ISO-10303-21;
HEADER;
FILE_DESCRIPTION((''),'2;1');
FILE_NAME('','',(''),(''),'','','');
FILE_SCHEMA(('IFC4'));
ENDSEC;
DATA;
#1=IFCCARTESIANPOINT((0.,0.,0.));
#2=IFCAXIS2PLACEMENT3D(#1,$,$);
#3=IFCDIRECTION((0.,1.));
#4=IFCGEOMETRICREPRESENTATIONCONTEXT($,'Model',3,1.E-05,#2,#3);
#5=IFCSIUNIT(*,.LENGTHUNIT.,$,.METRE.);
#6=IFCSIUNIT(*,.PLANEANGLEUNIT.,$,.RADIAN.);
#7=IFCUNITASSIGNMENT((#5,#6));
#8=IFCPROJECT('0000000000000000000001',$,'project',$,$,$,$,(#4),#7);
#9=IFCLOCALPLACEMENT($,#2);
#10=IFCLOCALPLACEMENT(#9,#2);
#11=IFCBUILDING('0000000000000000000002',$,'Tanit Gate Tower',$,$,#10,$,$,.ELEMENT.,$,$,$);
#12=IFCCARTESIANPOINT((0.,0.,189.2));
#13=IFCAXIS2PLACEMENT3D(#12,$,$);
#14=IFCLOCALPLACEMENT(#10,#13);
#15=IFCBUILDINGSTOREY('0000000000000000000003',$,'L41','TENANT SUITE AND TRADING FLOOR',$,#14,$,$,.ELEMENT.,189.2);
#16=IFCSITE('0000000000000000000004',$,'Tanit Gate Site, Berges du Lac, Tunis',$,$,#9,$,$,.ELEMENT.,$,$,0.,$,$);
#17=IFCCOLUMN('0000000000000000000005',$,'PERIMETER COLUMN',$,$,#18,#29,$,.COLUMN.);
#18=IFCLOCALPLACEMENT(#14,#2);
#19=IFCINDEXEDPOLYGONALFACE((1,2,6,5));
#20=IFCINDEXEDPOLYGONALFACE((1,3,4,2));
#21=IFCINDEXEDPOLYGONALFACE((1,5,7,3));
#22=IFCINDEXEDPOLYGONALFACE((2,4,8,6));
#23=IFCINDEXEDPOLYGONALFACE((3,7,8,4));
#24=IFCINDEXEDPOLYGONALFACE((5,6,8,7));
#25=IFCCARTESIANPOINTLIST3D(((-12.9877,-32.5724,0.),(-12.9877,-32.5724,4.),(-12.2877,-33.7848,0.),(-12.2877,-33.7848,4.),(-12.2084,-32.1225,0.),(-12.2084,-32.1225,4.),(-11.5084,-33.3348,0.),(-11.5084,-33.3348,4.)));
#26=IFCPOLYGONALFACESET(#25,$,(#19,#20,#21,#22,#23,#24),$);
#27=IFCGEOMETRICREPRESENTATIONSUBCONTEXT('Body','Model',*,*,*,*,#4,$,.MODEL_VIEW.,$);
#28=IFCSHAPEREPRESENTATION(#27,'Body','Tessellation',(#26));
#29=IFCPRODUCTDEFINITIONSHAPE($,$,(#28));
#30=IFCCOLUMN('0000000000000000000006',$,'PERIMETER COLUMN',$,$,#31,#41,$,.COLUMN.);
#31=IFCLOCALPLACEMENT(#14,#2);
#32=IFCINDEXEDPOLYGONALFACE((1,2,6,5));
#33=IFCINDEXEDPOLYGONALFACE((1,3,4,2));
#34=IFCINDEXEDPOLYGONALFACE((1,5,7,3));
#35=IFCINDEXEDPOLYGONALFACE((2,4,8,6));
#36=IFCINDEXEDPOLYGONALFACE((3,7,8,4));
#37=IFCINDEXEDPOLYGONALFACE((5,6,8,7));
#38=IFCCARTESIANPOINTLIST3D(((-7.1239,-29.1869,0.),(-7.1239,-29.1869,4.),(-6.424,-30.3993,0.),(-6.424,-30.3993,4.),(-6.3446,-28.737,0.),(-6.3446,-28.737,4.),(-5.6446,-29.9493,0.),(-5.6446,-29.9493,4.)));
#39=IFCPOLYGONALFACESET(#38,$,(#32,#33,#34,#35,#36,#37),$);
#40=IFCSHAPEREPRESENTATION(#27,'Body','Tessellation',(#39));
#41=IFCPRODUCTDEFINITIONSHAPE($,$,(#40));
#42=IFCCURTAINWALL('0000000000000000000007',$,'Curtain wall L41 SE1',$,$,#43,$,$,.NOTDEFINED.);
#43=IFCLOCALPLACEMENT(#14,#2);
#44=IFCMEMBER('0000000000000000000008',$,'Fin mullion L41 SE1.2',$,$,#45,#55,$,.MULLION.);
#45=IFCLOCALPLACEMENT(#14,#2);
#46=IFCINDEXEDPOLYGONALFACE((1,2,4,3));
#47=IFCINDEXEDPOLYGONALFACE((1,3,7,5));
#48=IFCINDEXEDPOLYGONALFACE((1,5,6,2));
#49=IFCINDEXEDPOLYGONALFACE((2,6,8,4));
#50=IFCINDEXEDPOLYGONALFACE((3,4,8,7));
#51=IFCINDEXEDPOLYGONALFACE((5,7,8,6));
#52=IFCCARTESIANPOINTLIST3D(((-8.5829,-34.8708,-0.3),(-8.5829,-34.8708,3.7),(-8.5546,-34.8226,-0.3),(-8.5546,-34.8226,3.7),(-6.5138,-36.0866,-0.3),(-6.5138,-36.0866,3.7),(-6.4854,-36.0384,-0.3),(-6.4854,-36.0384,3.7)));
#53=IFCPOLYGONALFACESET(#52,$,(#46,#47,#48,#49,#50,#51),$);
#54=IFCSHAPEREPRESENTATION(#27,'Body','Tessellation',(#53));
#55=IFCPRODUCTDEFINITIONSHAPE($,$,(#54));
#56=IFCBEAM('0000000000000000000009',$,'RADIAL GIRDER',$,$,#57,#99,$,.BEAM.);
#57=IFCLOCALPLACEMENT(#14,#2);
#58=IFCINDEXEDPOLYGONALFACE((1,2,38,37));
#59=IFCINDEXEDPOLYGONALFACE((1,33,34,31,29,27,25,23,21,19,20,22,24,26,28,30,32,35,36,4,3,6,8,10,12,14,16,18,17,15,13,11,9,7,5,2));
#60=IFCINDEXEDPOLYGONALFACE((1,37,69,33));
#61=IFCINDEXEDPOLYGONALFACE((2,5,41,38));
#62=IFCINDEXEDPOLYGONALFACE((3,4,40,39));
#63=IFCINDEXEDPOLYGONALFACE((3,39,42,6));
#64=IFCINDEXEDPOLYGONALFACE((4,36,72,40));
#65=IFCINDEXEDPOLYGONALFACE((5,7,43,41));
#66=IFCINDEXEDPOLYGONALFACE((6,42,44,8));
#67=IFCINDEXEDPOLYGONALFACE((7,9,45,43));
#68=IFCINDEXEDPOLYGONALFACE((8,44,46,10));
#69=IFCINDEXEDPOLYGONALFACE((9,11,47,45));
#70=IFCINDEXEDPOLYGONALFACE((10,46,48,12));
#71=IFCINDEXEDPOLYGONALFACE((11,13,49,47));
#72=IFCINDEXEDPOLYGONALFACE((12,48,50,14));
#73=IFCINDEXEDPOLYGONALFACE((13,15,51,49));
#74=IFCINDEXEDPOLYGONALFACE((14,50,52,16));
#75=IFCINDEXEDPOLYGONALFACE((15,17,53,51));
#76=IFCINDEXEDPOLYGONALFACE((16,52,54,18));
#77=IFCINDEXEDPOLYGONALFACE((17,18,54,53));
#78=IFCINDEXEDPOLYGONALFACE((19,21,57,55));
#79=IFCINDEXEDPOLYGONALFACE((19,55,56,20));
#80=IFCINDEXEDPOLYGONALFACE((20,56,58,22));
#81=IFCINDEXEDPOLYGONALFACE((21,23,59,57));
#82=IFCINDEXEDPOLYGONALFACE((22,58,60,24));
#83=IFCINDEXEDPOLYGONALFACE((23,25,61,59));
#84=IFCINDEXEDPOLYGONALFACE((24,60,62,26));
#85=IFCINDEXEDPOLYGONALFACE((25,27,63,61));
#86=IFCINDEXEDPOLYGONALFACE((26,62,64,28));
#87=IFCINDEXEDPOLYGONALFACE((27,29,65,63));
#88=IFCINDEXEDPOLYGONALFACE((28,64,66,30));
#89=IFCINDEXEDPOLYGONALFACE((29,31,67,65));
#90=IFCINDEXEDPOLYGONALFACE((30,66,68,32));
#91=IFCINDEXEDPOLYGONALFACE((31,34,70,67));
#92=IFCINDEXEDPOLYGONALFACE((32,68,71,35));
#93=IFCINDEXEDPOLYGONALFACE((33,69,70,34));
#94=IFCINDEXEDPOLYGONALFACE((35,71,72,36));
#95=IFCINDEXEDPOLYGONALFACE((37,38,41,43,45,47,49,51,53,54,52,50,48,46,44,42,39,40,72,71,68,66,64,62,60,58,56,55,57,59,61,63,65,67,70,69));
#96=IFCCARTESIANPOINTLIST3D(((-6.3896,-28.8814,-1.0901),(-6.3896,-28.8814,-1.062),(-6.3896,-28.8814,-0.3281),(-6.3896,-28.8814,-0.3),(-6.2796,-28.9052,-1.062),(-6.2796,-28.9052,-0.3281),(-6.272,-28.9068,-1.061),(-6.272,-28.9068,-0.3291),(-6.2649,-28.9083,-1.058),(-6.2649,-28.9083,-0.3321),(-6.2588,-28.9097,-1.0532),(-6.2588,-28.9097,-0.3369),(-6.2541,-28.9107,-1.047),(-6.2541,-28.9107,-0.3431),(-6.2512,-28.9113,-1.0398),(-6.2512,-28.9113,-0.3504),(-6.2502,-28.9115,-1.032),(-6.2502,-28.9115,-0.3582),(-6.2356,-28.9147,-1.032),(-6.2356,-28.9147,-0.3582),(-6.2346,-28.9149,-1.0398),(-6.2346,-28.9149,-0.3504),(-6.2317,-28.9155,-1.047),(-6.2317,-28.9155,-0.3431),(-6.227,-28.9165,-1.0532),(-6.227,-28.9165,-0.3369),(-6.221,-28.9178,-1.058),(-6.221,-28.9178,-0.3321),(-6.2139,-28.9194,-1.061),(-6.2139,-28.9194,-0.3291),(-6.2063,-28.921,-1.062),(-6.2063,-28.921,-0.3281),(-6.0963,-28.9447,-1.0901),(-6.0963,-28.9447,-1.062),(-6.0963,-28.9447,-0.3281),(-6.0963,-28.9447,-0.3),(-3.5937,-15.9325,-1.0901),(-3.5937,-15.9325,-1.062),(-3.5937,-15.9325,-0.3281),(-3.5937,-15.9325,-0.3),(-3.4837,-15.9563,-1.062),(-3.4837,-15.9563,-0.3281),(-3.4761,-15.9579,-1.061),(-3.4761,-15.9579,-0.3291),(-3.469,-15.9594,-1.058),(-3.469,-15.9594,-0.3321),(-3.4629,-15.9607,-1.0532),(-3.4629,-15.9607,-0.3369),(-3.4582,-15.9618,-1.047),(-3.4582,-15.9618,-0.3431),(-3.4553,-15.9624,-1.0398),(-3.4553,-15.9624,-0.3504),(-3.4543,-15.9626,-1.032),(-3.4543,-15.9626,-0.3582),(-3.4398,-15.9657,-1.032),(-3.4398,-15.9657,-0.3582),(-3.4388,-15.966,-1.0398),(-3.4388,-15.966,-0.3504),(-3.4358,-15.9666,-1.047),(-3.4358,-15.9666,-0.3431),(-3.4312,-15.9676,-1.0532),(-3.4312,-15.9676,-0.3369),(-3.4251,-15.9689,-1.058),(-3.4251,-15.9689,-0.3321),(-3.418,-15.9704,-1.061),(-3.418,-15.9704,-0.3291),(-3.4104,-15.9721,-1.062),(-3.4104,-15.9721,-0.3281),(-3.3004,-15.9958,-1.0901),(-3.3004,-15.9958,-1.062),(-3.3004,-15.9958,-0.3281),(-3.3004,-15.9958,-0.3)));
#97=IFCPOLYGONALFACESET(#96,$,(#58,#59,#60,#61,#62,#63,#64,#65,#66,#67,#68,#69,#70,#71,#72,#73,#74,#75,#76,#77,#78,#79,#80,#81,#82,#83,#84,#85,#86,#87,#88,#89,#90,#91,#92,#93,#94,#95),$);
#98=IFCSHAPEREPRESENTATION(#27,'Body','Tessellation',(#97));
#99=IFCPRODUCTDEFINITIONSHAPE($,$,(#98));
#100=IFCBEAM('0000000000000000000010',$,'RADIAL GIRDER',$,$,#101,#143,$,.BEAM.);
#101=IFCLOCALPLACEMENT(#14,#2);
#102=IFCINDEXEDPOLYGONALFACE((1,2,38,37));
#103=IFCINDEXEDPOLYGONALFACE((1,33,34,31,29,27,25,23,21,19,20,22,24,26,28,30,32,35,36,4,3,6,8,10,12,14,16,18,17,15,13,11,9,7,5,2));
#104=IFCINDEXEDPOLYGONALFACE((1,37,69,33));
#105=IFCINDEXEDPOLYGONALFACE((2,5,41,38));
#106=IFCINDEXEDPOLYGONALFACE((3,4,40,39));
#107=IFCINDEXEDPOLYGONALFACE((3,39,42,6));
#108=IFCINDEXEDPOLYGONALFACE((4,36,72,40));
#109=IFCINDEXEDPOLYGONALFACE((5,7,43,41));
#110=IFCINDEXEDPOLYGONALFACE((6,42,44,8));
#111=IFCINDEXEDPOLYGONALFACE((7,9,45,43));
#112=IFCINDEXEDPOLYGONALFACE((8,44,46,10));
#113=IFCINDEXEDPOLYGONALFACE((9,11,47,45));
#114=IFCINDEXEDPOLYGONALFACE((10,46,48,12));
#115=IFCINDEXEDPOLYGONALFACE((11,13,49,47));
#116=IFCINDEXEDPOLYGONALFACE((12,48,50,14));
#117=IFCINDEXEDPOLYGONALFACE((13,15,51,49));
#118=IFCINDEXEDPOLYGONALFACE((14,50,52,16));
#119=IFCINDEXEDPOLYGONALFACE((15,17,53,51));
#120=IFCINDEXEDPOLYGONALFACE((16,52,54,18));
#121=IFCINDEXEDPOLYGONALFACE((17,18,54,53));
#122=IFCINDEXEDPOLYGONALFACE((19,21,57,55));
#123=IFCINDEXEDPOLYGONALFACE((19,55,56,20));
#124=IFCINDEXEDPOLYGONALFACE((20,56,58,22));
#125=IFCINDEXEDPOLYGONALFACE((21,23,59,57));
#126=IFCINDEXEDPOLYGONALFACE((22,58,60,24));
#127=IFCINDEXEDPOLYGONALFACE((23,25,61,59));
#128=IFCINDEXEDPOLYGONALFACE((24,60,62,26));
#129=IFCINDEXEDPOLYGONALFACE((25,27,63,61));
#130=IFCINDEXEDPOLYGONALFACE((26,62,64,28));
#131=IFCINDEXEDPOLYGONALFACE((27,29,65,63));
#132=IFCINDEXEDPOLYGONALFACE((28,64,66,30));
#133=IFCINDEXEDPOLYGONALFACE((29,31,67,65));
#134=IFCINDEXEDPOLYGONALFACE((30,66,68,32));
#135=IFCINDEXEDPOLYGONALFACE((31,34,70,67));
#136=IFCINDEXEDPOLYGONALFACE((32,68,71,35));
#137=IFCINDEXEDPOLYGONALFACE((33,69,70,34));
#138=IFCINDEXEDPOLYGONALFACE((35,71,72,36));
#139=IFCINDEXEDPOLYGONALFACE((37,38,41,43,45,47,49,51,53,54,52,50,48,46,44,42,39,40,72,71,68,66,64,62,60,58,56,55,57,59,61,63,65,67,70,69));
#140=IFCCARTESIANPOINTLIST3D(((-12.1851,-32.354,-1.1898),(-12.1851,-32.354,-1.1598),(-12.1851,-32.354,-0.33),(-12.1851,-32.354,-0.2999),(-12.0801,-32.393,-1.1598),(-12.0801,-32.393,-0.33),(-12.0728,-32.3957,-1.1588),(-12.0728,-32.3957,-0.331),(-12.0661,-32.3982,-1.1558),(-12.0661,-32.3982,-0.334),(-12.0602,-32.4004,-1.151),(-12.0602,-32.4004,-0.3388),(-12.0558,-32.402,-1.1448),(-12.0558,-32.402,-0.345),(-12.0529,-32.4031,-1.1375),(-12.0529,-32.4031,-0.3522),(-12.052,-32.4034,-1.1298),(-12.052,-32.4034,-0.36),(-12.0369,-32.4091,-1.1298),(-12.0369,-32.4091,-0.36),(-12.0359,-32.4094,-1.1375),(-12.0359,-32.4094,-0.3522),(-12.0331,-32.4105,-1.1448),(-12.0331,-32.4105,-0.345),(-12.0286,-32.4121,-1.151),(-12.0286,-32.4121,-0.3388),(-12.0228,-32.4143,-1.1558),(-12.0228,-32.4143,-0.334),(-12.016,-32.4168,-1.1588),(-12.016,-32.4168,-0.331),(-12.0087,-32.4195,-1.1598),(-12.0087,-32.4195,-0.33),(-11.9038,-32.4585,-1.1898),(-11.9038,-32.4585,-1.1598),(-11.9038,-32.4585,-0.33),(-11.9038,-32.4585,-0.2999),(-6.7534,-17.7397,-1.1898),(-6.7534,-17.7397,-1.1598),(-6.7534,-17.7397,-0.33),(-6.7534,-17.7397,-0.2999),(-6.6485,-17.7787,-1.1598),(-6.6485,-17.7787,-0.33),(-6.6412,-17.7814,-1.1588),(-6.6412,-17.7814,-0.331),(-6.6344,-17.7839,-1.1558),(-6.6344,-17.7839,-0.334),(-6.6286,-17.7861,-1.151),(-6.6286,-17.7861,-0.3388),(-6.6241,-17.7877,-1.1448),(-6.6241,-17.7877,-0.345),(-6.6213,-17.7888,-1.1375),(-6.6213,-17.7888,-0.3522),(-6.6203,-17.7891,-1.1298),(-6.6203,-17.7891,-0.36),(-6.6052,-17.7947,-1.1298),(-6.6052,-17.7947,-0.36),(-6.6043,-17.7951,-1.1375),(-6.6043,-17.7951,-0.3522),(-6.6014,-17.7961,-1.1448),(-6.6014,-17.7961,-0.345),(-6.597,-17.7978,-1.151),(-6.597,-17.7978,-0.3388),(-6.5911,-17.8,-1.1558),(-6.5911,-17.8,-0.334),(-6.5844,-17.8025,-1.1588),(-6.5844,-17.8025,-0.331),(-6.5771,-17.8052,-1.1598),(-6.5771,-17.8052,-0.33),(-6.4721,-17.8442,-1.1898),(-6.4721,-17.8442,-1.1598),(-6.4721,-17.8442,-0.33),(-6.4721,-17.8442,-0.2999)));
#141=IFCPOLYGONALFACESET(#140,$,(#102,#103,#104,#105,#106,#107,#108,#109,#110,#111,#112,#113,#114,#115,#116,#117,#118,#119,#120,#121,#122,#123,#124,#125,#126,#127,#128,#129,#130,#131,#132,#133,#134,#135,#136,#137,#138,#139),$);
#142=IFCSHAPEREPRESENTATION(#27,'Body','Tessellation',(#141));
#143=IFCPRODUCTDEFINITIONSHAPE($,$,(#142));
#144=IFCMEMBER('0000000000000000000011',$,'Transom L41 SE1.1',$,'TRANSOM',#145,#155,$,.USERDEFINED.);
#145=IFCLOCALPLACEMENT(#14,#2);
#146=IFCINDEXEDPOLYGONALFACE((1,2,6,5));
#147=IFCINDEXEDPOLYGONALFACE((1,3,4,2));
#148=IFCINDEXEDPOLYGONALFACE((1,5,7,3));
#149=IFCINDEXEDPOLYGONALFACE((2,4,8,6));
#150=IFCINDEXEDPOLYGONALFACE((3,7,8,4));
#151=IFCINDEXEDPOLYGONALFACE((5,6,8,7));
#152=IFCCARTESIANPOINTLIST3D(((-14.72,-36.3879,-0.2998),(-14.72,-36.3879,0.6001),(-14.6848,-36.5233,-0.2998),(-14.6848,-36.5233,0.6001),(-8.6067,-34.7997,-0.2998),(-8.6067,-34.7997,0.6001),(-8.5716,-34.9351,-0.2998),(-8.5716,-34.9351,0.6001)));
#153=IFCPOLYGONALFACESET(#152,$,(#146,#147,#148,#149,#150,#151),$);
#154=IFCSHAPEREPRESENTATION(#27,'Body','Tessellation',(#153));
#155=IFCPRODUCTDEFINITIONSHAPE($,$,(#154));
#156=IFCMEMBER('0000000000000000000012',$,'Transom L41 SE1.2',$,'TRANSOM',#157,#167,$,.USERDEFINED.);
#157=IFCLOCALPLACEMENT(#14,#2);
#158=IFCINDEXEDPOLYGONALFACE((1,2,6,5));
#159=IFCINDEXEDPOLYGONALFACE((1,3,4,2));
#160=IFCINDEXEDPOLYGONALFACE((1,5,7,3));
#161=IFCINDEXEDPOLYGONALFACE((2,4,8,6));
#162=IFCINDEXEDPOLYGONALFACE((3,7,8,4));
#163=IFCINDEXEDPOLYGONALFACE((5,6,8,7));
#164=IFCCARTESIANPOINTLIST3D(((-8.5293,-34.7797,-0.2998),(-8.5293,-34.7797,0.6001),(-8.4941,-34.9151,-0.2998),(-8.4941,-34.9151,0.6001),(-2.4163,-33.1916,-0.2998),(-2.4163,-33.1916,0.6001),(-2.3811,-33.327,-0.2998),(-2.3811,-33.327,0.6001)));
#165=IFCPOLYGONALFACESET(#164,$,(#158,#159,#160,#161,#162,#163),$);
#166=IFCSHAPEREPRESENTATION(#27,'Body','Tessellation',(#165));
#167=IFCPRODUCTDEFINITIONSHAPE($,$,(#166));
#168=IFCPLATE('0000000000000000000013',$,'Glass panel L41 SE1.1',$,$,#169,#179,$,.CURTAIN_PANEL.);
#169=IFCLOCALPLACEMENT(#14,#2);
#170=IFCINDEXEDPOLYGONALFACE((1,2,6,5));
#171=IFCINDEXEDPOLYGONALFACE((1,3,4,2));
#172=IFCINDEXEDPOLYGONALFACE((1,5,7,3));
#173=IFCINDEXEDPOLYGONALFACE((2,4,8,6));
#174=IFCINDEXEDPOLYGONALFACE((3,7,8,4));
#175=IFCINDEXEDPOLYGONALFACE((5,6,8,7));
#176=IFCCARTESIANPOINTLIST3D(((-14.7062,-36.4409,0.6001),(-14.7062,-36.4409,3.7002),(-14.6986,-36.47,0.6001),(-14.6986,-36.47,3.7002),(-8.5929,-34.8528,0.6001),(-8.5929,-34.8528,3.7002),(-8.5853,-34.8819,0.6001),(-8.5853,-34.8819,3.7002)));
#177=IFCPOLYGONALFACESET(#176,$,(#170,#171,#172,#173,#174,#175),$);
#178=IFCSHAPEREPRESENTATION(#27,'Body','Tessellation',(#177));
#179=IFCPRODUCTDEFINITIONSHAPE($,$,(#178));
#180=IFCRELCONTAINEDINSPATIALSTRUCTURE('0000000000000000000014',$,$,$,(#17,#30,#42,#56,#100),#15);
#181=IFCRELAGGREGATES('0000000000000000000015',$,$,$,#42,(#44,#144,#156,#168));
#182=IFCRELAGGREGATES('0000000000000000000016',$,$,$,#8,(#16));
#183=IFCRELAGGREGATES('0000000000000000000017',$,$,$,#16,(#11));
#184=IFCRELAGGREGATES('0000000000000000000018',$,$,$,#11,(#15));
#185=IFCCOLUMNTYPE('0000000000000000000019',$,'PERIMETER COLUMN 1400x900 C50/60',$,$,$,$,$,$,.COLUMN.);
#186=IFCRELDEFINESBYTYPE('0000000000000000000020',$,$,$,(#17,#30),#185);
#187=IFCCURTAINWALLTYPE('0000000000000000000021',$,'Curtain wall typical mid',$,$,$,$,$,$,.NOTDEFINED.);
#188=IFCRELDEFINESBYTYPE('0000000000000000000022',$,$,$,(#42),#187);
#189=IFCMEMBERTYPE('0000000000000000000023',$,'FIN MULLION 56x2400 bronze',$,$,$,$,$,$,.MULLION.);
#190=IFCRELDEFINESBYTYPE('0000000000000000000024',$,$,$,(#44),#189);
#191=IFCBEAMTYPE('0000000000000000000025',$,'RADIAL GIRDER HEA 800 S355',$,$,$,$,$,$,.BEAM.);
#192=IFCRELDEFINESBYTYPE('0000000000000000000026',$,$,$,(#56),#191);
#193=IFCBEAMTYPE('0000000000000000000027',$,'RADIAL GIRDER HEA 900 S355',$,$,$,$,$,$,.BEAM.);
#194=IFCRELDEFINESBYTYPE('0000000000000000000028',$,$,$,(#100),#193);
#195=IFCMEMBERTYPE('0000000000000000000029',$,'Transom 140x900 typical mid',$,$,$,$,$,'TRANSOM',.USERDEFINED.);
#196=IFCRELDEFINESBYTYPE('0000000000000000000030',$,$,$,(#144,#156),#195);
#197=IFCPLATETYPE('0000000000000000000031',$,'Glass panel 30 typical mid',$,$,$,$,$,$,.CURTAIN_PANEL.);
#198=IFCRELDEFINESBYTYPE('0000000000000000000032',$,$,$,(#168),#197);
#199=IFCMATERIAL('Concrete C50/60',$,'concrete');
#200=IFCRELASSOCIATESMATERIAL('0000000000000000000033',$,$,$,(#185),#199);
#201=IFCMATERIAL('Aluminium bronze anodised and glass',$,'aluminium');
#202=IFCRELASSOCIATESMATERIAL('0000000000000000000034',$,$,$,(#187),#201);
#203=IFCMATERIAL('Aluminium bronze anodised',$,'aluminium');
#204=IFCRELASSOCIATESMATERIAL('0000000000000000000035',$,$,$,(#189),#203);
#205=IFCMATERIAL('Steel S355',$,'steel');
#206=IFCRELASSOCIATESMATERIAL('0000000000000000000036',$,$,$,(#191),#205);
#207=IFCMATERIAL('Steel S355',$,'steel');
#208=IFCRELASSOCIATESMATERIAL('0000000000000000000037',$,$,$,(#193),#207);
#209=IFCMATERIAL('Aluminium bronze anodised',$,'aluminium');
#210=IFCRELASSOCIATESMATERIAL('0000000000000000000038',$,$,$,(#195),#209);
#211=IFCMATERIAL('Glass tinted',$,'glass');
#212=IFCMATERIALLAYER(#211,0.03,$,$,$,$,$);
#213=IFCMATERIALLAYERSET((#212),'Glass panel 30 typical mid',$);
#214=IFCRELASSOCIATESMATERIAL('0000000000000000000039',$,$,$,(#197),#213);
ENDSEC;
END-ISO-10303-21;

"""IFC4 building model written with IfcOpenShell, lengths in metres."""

from ifc_helpers import new_model, si_unit, direction, frame, origin, origin_2d, place, context, subcontext, project, spatial, rectangle, i_section, extrude, material, layer, layer_set, material_profile, profile_set, type_object, element, aggregate, save


model = new_model("IFC4")

# Units and contexts
model_context = context("Model", 3, precision=1e-05, world=origin(), true_north=direction((0.0, 1.0)))
body_context = subcontext(model_context, "Body", "Model", "MODEL_VIEW")
ifc_project = project(units=[si_unit("LENGTHUNIT", "METRE"), si_unit("PLANEANGLEUNIT", "RADIAN")], contexts=[model_context])

# Site, building, storey
site_placement = place(None, origin())
site = spatial("IfcSite", under=ifc_project, at=site_placement, Name="Tanit Gate Site, Berges du Lac, Tunis", CompositionType="ELEMENT", RefElevation=0.0)
building_placement = place(site_placement, origin())
building = spatial("IfcBuilding", under=site, at=building_placement, Name="Tanit Gate Tower", CompositionType="ELEMENT")
storey_placement = place(building_placement, frame((0.0, 0.0, 189.2)))
storey = spatial("IfcBuildingStorey", under=building, at=storey_placement, Name="L41", Description="TENANT SUITE AND TRADING FLOOR", CompositionType="ELEMENT", Elevation=189.2)

# Columns
ifc_material_1 = material(Name="Concrete C50/60", Category="concrete")
ifc_material_profile_1 = material_profile(ifc_material_1, rectangle(XDim=1.3999, YDim=0.8999, at=origin_2d()), Name="RC 1400x900")
ifc_profile_set_1 = profile_set([ifc_material_profile_1], Name="Concrete C50/60")
column_type = type_object("IfcColumnType", Name="PERIMETER COLUMN 1400x900 C50/60", PredefinedType="COLUMN", material=ifc_profile_set_1)
for number, where, z_axis, x_axis, name in (
    (1, (-12.248, -32.9536, 0.0), (0.0, 0.0, 1.0), (0.5, -0.866025, 0.0), "PERIMETER COLUMN"),
    (2, (-6.3843, -29.5681, 0.0), (0.0, 0.0, 1.0), (0.5, -0.866025, 0.0), "PERIMETER COLUMN"),
):
    element("IfcColumn", number, at=place(storey_placement, frame(where, z_axis=z_axis, x_axis=x_axis)), inside=storey, type_object=column_type, Name=name, PredefinedType="COLUMN", context=body_context, shape_type="SweptSolid", body=[
        extrude(rectangle(XDim=1.3999, YDim=0.8999, at=origin_2d()), origin(), (0.0, 0.0, 1.0), 4.0),
    ])

# Curtain wall, member
ifc_material_2 = material(Name="Aluminium bronze anodised and glass", Category="aluminium")
curtain_wall_type = type_object("IfcCurtainWallType", Name="Curtain wall typical mid", PredefinedType="NOTDEFINED", material=ifc_material_2)
curtain_wall_placement = place(storey_placement, origin())
curtain_wall = element("IfcCurtainWall", 3, at=curtain_wall_placement, inside=storey, type_object=curtain_wall_type, Name="Curtain wall L41 SE1", PredefinedType="NOTDEFINED")
ifc_material_3 = material(Name="Aluminium bronze anodised", Category="aluminium")
ifc_material_profile_2 = material_profile(ifc_material_3, rectangle(XDim=2.3999, YDim=0.0559, at=origin_2d()), Name="56x2400 bronze fin mullion")
ifc_profile_set_2 = profile_set([ifc_material_profile_2], Name="Aluminium bronze anodised")
member_type_1 = type_object("IfcMemberType", Name="FIN MULLION 56x2400 bronze", PredefinedType="MULLION", material=ifc_profile_set_2)
member_1_placement = place(storey_placement, frame((-7.5342, -35.4546, -0.3), z_axis=(0.0, 0.0, 1.0), x_axis=(-0.86218, 0.506602, 0.0)))
member_1 = element("IfcMember", 4, at=member_1_placement, type_object=member_type_1, Name="Fin mullion L41 SE1.2", PredefinedType="MULLION", context=body_context, shape_type="SweptSolid", body=[
    extrude(rectangle(XDim=2.3999, YDim=0.0559, at=origin_2d()), origin(), (0.0, 0.0, 1.0), 4.0),
])

# Beams
ifc_material_4 = material(Name="Steel S355", Category="steel")
ifc_material_profile_3 = material_profile(ifc_material_4, i_section(OverallWidth=0.3, OverallDepth=0.79, WebThickness=0.0149, FlangeThickness=0.0281, FilletRadius=0.03, at=origin_2d()), Name="HEA 800")
ifc_profile_set_3 = profile_set([ifc_material_profile_3], Name="Steel S355")
beam_type_1 = type_object("IfcBeamType", Name="RADIAL GIRDER HEA 800 S355", PredefinedType="BEAM", material=ifc_profile_set_3)
beam_1_placement = place(storey_placement, frame((-6.2429, -28.9131, -0.6951), z_axis=(0.211053, 0.977475, 0.0), x_axis=(-0.977475, 0.211053, 0.0)))
element("IfcBeam", 5, at=beam_1_placement, inside=storey, type_object=beam_type_1, Name="RADIAL GIRDER", PredefinedType="BEAM", context=body_context, shape_type="SweptSolid", body=[
    extrude(i_section(OverallWidth=0.3, OverallDepth=0.79, WebThickness=0.0149, FlangeThickness=0.0281, FilletRadius=0.03, at=origin_2d()), origin(), (0.0, 0.0, 1.0), 13.2473),
])
ifc_material_5 = material(Name="Steel S355", Category="steel")
ifc_material_profile_4 = material_profile(ifc_material_5, i_section(OverallWidth=0.3, OverallDepth=0.8899, WebThickness=0.0161, FlangeThickness=0.03, FilletRadius=0.03, at=origin_2d()), Name="HEA 900")
ifc_profile_set_4 = profile_set([ifc_material_profile_4], Name="Steel S355")
beam_type_2 = type_object("IfcBeamType", Name="RADIAL GIRDER HEA 900 S355", PredefinedType="BEAM", material=ifc_profile_set_4)
beam_2_placement = place(storey_placement, frame((-12.0444, -32.4062, -0.7449), z_axis=(0.348383, 0.937352, 0.0), x_axis=(-0.937352, 0.348383, 0.0)))
element("IfcBeam", 6, at=beam_2_placement, inside=storey, type_object=beam_type_2, Name="RADIAL GIRDER", PredefinedType="BEAM", context=body_context, shape_type="SweptSolid", body=[
    extrude(i_section(OverallWidth=0.3, OverallDepth=0.8899, WebThickness=0.0161, FlangeThickness=0.03, FilletRadius=0.03, at=origin_2d()), origin(), (0.0, 0.0, 1.0), 15.5911),
])

# Members
ifc_material_6 = material(Name="Aluminium bronze anodised", Category="aluminium")
ifc_material_profile_5 = material_profile(ifc_material_6, rectangle(XDim=0.1399, YDim=0.8999, at=origin_2d()), Name="140x900 bronze transom")
ifc_profile_set_5 = profile_set([ifc_material_profile_5], Name="Aluminium bronze anodised")
member_type_2 = type_object("IfcMemberType", Name="Transom 140x900 typical mid", ElementType="TRANSOM", PredefinedType="USERDEFINED", material=ifc_profile_set_5)
member_2_placement = place(storey_placement, frame((-14.7024, -36.4556, 0.1501), z_axis=(0.967873, 0.251438, 0.0), x_axis=(-0.251438, 0.967873, 0.0)))
member_2 = element("IfcMember", 7, at=member_2_placement, type_object=member_type_2, Name="Transom L41 SE1.1", ObjectType="TRANSOM", PredefinedType="USERDEFINED", context=body_context, shape_type="SweptSolid", body=[
    extrude(rectangle(XDim=0.1399, YDim=0.8999, at=origin_2d()), origin(), (0.0, 0.0, 1.0), 6.3162),
])
member_3_placement = place(storey_placement, frame((-8.5117, -34.8474, 0.1501), z_axis=(0.967871, 0.251448, 0.0), x_axis=(-0.251448, 0.967871, 0.0)))
member_3 = element("IfcMember", 8, at=member_3_placement, type_object=member_type_2, Name="Transom L41 SE1.2", ObjectType="TRANSOM", PredefinedType="USERDEFINED", context=body_context, shape_type="SweptSolid", body=[
    extrude(rectangle(XDim=0.1399, YDim=0.8999, at=origin_2d()), origin(), (0.0, 0.0, 1.0), 6.3159),
])

# Plate
ifc_material_7 = material(Name="Glass tinted", Category="glass")
ifc_layer_1 = layer(ifc_material_7, 0.03)
ifc_layer_set_1 = layer_set([ifc_layer_1], Name="Glass panel 30 typical mid")
plate_type = type_object("IfcPlateType", Name="Glass panel 30 typical mid", PredefinedType="CURTAIN_PANEL", material=ifc_layer_set_1)
plate_1_placement = place(storey_placement, frame((-11.6458, -35.6614, 0.6001), z_axis=(0.0, 0.0, 1.0), x_axis=(0.967875, 0.251432, 0.0)))
plate_1 = element("IfcPlate", 9, at=plate_1_placement, type_object=plate_type, Name="Glass panel L41 SE1.1", PredefinedType="CURTAIN_PANEL", context=body_context, shape_type="SweptSolid", body=[
    extrude(rectangle(XDim=6.3162, YDim=0.03, at=origin_2d()), origin(), (0.0, 0.0, 1.0), 3.1001),
])
aggregate(curtain_wall, [member_1, member_2, member_3, plate_1])

save(model, "model.ifc")
